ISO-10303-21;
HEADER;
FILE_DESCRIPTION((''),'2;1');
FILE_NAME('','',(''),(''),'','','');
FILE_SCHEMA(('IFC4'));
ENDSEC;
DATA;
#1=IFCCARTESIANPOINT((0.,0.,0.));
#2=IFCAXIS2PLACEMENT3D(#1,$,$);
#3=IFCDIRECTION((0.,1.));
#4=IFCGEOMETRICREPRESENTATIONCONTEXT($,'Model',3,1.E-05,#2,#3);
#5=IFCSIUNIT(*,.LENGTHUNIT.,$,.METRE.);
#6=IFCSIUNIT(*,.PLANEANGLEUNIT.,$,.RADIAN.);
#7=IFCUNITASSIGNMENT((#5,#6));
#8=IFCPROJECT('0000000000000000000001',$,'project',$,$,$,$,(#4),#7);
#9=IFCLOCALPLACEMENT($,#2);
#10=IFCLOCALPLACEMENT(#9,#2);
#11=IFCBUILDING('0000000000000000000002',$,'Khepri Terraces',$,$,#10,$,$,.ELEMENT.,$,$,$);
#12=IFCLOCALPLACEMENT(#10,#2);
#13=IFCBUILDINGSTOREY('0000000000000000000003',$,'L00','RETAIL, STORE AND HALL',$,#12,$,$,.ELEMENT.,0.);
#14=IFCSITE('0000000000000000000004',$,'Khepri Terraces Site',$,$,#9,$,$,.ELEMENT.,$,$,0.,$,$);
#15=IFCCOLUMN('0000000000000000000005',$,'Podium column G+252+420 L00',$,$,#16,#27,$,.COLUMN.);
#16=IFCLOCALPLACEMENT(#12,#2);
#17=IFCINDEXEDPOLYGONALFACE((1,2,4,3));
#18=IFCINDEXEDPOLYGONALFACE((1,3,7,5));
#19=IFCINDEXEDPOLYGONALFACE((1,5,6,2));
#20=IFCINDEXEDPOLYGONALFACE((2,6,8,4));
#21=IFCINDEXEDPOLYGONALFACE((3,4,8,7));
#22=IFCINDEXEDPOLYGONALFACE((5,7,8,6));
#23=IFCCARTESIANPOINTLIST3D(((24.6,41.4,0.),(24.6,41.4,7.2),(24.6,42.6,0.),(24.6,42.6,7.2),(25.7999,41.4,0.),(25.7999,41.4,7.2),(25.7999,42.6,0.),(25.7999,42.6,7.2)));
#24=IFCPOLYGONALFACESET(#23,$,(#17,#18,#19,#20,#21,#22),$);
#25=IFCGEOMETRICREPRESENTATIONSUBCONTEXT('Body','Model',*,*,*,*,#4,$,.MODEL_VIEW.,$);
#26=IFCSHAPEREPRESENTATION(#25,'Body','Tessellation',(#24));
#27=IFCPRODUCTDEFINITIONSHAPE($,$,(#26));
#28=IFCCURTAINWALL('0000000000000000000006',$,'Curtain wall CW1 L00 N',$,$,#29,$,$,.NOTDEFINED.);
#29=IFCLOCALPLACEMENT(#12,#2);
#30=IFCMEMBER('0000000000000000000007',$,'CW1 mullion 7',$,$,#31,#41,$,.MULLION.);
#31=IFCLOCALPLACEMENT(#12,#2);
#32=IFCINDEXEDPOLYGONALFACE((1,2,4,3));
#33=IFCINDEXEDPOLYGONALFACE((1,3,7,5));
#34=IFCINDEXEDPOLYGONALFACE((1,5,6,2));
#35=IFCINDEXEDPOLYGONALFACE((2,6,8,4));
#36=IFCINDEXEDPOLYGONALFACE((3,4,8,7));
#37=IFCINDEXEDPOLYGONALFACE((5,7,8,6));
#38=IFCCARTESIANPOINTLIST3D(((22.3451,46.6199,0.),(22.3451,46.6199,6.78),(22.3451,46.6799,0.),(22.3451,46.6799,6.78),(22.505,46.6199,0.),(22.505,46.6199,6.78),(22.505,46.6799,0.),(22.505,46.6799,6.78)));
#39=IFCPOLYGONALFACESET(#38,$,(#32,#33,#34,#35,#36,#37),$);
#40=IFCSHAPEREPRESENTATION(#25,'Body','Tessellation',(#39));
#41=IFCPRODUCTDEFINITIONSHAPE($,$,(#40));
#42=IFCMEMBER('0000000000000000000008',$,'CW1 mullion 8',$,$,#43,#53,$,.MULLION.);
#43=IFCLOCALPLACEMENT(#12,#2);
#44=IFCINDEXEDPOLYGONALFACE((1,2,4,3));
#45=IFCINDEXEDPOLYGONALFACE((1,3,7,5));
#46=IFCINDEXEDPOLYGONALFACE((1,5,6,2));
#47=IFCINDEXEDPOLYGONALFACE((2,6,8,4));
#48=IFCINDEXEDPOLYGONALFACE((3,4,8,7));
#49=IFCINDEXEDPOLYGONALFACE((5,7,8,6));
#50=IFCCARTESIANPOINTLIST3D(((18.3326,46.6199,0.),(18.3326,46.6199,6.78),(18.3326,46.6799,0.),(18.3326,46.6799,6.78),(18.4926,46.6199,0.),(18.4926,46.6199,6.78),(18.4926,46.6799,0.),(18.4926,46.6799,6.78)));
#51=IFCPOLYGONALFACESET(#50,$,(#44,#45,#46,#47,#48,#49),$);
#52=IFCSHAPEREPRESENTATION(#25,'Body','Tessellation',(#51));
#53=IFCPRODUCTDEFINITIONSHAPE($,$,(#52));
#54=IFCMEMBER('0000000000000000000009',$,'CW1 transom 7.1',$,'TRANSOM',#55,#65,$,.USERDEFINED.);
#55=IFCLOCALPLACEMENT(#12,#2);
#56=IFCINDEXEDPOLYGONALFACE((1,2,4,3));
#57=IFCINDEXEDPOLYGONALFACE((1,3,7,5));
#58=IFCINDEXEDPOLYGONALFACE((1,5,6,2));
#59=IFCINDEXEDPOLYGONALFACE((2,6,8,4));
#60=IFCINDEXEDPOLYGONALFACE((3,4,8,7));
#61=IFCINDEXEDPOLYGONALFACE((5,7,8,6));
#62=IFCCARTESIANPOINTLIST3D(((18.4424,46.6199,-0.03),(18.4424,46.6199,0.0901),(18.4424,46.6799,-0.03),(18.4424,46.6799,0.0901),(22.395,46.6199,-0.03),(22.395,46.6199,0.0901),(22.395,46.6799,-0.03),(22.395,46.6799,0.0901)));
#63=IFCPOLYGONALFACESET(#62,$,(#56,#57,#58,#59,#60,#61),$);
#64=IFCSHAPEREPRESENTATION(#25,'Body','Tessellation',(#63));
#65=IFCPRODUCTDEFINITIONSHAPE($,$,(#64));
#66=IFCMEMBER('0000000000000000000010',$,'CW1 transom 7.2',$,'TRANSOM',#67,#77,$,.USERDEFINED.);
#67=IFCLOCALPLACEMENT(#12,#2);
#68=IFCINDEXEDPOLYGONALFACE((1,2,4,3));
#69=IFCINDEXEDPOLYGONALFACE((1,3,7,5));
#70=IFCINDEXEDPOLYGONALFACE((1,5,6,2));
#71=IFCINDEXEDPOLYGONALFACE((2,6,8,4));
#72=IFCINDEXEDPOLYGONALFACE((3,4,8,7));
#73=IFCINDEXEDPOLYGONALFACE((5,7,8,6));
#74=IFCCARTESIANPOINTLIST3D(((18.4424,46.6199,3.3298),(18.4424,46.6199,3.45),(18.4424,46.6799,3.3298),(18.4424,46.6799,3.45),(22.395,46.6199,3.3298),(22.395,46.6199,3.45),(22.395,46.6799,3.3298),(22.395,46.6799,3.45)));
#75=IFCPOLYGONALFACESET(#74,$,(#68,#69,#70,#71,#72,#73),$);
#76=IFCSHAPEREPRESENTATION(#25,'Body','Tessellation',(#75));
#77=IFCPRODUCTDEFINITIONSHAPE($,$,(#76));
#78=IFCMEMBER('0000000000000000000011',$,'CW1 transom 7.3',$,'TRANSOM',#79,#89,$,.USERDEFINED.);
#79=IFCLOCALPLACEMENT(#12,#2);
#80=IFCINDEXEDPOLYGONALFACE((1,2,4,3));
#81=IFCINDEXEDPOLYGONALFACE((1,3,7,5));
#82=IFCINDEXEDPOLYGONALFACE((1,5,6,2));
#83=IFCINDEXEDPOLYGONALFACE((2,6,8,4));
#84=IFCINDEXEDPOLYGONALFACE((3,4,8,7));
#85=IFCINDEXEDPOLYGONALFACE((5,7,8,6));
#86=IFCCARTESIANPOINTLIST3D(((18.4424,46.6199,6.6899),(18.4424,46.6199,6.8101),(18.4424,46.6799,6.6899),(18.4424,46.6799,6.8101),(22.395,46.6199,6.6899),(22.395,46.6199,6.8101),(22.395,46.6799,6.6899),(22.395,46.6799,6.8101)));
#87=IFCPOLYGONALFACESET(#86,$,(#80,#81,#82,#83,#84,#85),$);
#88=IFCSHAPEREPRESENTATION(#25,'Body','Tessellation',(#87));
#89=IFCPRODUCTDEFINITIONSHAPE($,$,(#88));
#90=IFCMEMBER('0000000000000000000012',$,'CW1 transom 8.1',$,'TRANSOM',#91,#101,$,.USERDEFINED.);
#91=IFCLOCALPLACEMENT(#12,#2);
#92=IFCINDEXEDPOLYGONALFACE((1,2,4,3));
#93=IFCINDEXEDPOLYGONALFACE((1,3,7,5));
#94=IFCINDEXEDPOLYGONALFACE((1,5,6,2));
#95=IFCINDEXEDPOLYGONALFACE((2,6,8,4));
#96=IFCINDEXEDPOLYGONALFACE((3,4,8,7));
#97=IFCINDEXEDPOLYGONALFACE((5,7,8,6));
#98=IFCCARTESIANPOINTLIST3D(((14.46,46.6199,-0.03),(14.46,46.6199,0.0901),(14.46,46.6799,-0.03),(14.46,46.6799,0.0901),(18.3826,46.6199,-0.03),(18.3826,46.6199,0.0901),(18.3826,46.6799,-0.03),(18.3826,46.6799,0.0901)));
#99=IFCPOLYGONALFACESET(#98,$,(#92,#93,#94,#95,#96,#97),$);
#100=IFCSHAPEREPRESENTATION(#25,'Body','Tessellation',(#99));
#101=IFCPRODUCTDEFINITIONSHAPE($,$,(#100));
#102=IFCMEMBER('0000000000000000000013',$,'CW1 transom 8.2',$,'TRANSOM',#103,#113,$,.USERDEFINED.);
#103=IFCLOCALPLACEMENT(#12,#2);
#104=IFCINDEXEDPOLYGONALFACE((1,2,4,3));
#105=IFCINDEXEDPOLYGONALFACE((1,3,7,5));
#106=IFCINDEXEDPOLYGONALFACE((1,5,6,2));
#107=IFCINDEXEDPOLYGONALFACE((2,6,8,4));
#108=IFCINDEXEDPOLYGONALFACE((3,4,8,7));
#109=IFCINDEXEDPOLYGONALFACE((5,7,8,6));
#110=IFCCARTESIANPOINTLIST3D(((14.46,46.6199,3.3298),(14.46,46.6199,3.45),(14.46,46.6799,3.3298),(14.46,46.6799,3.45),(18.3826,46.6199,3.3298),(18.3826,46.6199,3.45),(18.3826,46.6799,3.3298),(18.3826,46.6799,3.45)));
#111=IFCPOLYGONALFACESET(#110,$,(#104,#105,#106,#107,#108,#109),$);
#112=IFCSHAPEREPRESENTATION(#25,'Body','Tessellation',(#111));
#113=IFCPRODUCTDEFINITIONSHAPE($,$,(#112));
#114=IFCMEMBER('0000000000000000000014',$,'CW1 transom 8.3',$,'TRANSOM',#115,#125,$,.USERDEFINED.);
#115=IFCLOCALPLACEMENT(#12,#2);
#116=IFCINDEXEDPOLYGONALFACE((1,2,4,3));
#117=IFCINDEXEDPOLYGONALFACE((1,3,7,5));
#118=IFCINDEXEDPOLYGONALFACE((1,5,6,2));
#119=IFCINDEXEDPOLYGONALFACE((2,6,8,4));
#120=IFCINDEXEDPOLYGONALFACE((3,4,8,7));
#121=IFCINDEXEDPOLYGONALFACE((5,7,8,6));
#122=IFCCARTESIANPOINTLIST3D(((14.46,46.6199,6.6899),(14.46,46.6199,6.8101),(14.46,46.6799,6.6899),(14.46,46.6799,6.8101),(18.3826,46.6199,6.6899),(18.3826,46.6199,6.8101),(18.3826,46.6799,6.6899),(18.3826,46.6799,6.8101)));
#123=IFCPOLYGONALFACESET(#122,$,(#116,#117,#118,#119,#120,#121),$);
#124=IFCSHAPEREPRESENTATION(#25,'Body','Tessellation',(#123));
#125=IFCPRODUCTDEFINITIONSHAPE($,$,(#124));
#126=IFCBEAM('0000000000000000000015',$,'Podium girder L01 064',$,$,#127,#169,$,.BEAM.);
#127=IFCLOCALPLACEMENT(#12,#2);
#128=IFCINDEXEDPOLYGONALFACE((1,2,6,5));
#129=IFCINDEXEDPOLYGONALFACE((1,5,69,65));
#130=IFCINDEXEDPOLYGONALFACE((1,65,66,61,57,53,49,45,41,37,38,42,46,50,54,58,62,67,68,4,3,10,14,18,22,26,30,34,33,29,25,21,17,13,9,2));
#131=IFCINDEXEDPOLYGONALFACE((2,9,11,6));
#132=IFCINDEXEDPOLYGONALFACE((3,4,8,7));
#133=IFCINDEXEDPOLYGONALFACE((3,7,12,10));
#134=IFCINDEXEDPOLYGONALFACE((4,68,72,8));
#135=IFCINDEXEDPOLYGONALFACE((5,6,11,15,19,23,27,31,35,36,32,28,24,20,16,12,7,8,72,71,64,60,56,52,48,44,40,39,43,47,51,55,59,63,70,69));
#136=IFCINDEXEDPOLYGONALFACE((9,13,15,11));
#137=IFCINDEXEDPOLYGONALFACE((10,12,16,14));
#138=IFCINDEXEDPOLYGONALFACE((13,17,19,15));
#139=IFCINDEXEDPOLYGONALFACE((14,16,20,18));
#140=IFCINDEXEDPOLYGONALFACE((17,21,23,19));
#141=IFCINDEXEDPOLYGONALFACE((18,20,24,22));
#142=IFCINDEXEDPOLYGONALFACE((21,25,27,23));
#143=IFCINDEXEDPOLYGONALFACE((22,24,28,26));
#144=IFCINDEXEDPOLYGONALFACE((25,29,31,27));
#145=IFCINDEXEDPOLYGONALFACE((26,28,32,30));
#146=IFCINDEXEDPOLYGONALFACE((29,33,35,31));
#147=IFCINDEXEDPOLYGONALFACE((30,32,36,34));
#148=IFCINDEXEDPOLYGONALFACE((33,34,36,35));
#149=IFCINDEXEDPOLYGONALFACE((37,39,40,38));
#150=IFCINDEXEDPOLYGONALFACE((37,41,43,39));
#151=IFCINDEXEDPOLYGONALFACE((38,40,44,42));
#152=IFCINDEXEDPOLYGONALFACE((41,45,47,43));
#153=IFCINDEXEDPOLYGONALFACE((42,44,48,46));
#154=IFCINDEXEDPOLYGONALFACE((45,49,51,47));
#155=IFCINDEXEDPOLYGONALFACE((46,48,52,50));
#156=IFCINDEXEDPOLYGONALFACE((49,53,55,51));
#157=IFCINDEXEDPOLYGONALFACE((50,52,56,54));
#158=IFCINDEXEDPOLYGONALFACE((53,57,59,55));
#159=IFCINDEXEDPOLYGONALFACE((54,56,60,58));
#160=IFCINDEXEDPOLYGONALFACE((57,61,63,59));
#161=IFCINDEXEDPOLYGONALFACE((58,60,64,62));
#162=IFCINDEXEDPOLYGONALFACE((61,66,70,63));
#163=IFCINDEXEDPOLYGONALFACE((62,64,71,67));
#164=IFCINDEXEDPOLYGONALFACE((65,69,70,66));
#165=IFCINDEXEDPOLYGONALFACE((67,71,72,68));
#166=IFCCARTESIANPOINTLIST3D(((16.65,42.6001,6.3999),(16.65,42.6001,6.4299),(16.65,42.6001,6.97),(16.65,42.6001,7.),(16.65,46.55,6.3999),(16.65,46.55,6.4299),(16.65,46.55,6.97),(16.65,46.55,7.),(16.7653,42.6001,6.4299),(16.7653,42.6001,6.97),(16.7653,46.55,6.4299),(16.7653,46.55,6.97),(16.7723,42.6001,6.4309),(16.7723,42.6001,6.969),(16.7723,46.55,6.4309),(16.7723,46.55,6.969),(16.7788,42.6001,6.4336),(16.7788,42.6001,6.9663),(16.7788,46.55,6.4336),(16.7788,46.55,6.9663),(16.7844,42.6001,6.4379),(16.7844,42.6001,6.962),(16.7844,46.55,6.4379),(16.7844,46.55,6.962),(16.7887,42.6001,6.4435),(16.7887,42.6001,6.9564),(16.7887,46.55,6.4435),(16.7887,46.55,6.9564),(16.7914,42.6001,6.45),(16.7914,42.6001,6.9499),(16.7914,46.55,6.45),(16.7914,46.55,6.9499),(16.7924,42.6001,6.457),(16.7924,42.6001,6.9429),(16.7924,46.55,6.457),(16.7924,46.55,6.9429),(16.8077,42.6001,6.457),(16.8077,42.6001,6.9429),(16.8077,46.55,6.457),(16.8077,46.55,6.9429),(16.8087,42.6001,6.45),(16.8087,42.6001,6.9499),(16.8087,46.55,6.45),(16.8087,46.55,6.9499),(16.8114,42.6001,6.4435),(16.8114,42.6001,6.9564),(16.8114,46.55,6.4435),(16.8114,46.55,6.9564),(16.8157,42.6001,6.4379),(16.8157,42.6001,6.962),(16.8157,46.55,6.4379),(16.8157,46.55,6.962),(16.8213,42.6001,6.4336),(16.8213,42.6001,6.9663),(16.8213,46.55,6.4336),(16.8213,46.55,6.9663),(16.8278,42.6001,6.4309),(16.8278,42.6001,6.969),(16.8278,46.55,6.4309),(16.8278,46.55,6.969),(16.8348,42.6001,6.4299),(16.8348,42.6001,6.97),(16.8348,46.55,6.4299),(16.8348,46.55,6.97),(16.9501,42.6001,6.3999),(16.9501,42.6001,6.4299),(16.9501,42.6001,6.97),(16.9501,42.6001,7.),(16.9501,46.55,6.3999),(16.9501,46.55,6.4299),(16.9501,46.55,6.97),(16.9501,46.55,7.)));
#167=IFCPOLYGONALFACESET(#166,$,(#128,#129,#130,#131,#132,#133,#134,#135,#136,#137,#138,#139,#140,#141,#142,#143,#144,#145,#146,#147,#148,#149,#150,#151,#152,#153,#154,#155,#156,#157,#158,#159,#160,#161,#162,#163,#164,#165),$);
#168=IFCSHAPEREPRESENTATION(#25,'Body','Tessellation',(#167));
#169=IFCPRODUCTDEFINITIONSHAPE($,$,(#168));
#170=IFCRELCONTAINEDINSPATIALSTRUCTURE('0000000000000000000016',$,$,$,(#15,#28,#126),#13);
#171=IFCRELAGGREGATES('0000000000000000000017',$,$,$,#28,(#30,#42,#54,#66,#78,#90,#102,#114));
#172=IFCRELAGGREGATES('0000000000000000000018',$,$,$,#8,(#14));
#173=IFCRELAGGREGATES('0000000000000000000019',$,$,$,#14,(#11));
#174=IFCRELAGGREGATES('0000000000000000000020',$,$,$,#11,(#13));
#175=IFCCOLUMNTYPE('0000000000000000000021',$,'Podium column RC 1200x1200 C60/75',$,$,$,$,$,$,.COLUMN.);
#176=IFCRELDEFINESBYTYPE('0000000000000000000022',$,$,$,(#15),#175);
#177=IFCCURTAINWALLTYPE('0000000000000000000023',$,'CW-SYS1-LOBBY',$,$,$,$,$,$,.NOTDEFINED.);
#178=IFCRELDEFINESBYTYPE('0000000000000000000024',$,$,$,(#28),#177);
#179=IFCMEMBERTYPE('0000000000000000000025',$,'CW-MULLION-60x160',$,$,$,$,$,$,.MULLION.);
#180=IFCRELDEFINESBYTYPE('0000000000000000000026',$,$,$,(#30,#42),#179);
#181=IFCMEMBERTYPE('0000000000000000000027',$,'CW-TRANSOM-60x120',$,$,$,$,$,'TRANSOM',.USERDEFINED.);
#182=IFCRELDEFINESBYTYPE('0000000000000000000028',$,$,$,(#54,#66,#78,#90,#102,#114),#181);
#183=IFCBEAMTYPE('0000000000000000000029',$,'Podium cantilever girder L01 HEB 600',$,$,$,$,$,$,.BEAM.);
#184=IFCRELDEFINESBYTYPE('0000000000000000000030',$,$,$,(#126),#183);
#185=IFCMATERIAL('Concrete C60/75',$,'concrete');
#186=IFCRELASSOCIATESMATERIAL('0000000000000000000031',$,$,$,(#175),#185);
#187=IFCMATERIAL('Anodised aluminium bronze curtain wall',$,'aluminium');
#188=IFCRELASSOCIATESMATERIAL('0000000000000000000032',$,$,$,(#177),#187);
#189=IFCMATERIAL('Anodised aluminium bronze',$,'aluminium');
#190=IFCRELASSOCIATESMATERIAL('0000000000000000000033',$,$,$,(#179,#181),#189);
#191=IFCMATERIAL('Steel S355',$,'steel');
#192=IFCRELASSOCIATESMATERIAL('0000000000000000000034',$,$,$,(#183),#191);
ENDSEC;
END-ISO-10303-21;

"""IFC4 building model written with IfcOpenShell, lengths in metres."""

from ifc_helpers import new_model, si_unit, direction, frame, origin, origin_2d, place, context, subcontext, project, spatial, rectangle, i_section, extrude, material, material_profile, profile_set, type_object, element, aggregate, save


model = new_model("IFC4")

# Units and contexts
model_context = context("Model", 3, precision=1e-05, world=origin(), true_north=direction((0.0, 1.0)))
body_context = subcontext(model_context, "Body", "Model", "MODEL_VIEW")
ifc_project = project(units=[si_unit("LENGTHUNIT", "METRE"), si_unit("PLANEANGLEUNIT", "RADIAN")], contexts=[model_context])

# Site, building, storey
site_placement = place(None, origin())
site = spatial("IfcSite", under=ifc_project, at=site_placement, Name="Khepri Terraces Site", CompositionType="ELEMENT", RefElevation=0.0)
building_placement = place(site_placement, origin())
building = spatial("IfcBuilding", under=site, at=building_placement, Name="Khepri Terraces", CompositionType="ELEMENT")
storey_placement = place(building_placement, origin())
storey = spatial("IfcBuildingStorey", under=building, at=storey_placement, Name="L00", Description="RETAIL, STORE AND HALL", CompositionType="ELEMENT", Elevation=0.0)

# Column
ifc_material_1 = material(Name="Concrete C60/75", Category="concrete")
ifc_material_profile_1 = material_profile(ifc_material_1, rectangle(XDim=1.2, YDim=1.2, at=origin_2d()), Name="Concrete C60/75", Category="concrete")
ifc_profile_set_1 = profile_set([ifc_material_profile_1], Name="Concrete C60/75")
column_type = type_object("IfcColumnType", Name="Podium column RC 1200x1200 C60/75", PredefinedType="COLUMN", material=ifc_profile_set_1)
column_placement = place(storey_placement, frame((25.2, 42.0, 0.0), z_axis=(0.0, 0.0, 1.0), x_axis=(1.0, 0.0, 0.0)))
element("IfcColumn", 1, at=column_placement, inside=storey, type_object=column_type, Name="Podium column G+252+420 L00", PredefinedType="COLUMN", context=body_context, shape_type="SweptSolid", body=[
    extrude(rectangle(XDim=1.2, YDim=1.2, at=origin_2d()), origin(), (0.0, 0.0, 1.0), 7.2),
])

# Curtain wall, members
ifc_material_2 = material(Name="Anodised aluminium bronze curtain wall", Category="aluminium")
curtain_wall_type = type_object("IfcCurtainWallType", Name="CW-SYS1-LOBBY", PredefinedType="NOTDEFINED", material=ifc_material_2)
curtain_wall_placement = place(storey_placement, origin())
curtain_wall = element("IfcCurtainWall", 2, at=curtain_wall_placement, inside=storey, type_object=curtain_wall_type, Name="Curtain wall CW1 L00 N", PredefinedType="NOTDEFINED")
ifc_material_3 = material(Name="Anodised aluminium bronze", Category="aluminium")
ifc_material_profile_2 = material_profile(ifc_material_3, rectangle(XDim=0.0601, YDim=0.1599, at=origin_2d()), Name="Anodised aluminium bronze", Category="aluminium")
ifc_profile_set_2 = profile_set([ifc_material_profile_2], Name="Anodised aluminium bronze")
member_type_1 = type_object("IfcMemberType", Name="CW-MULLION-60x160", PredefinedType="MULLION", material=ifc_profile_set_2)
member_1_placement = place(storey_placement, frame((22.425, 46.6499, 0.0), z_axis=(0.0, 0.0, 1.0), x_axis=(0.0, -1.0, 0.0)))
member_1 = element("IfcMember", 3, at=member_1_placement, type_object=member_type_1, Name="CW1 mullion 7", PredefinedType="MULLION", context=body_context, shape_type="SweptSolid", body=[
    extrude(rectangle(XDim=0.0601, YDim=0.1599, at=origin_2d()), origin(), (0.0, 0.0, 1.0), 6.78),
])
member_2_placement = place(storey_placement, frame((18.4126, 46.6499, 0.0), z_axis=(0.0, 0.0, 1.0), x_axis=(0.0, -1.0, 0.0)))
member_2 = element("IfcMember", 4, at=member_2_placement, type_object=member_type_1, Name="CW1 mullion 8", PredefinedType="MULLION", context=body_context, shape_type="SweptSolid", body=[
    extrude(rectangle(XDim=0.0601, YDim=0.1599, at=origin_2d()), origin(), (0.0, 0.0, 1.0), 6.78),
])
ifc_material_profile_3 = material_profile(ifc_material_3, rectangle(XDim=0.0601, YDim=0.1201, at=origin_2d()), Name="Anodised aluminium bronze", Category="aluminium")
ifc_profile_set_3 = profile_set([ifc_material_profile_3], Name="Anodised aluminium bronze")
member_type_2 = type_object("IfcMemberType", Name="CW-TRANSOM-60x120", ElementType="TRANSOM", PredefinedType="USERDEFINED", material=ifc_profile_set_3)
member_3_placement = place(storey_placement, frame((22.395, 46.6499, 0.03), z_axis=(-1.0, 0.0, 0.0), x_axis=(0.0, -1.0, 0.0)))
member_3 = element("IfcMember", 5, at=member_3_placement, type_object=member_type_2, Name="CW1 transom 7.1", ObjectType="TRANSOM", PredefinedType="USERDEFINED", context=body_context, shape_type="SweptSolid", body=[
    extrude(rectangle(XDim=0.0601, YDim=0.1201, at=origin_2d()), origin(), (0.0, 0.0, 1.0), 3.9526),
])
member_4_placement = place(storey_placement, frame((22.395, 46.6499, 3.3899), z_axis=(-1.0, 0.0, 0.0), x_axis=(0.0, -1.0, 0.0)))
member_4 = element("IfcMember", 6, at=member_4_placement, type_object=member_type_2, Name="CW1 transom 7.2", ObjectType="TRANSOM", PredefinedType="USERDEFINED", context=body_context, shape_type="SweptSolid", body=[
    extrude(rectangle(XDim=0.0601, YDim=0.1201, at=origin_2d()), origin(), (0.0, 0.0, 1.0), 3.9526),
])
member_5_placement = place(storey_placement, frame((22.395, 46.6499, 6.75), z_axis=(-1.0, 0.0, 0.0), x_axis=(0.0, -1.0, 0.0)))
member_5 = element("IfcMember", 7, at=member_5_placement, type_object=member_type_2, Name="CW1 transom 7.3", ObjectType="TRANSOM", PredefinedType="USERDEFINED", context=body_context, shape_type="SweptSolid", body=[
    extrude(rectangle(XDim=0.0601, YDim=0.1201, at=origin_2d()), origin(), (0.0, 0.0, 1.0), 3.9526),
])
member_6_placement = place(storey_placement, frame((18.3826, 46.6499, 0.03), z_axis=(-1.0, 0.0, 0.0), x_axis=(0.0, -1.0, 0.0)))
member_6 = element("IfcMember", 8, at=member_6_placement, type_object=member_type_2, Name="CW1 transom 8.1", ObjectType="TRANSOM", PredefinedType="USERDEFINED", context=body_context, shape_type="SweptSolid", body=[
    extrude(rectangle(XDim=0.0601, YDim=0.1201, at=origin_2d()), origin(), (0.0, 0.0, 1.0), 3.9226),
])
member_7_placement = place(storey_placement, frame((18.3826, 46.6499, 3.3899), z_axis=(-1.0, 0.0, 0.0), x_axis=(0.0, -1.0, 0.0)))
member_7 = element("IfcMember", 9, at=member_7_placement, type_object=member_type_2, Name="CW1 transom 8.2", ObjectType="TRANSOM", PredefinedType="USERDEFINED", context=body_context, shape_type="SweptSolid", body=[
    extrude(rectangle(XDim=0.0601, YDim=0.1201, at=origin_2d()), origin(), (0.0, 0.0, 1.0), 3.9226),
])
member_8_placement = place(storey_placement, frame((18.3826, 46.6499, 6.75), z_axis=(-1.0, 0.0, 0.0), x_axis=(0.0, -1.0, 0.0)))
member_8 = element("IfcMember", 10, at=member_8_placement, type_object=member_type_2, Name="CW1 transom 8.3", ObjectType="TRANSOM", PredefinedType="USERDEFINED", context=body_context, shape_type="SweptSolid", body=[
    extrude(rectangle(XDim=0.0601, YDim=0.1201, at=origin_2d()), origin(), (0.0, 0.0, 1.0), 3.9226),
])

# Beam
ifc_material_4 = material(Name="Steel S355", Category="steel")
ifc_material_profile_4 = material_profile(ifc_material_4, i_section(OverallWidth=0.3, OverallDepth=0.6001, WebThickness=0.0154, FlangeThickness=0.03, FilletRadius=0.0271, at=origin_2d()), Name="Steel S355", Category="steel")
ifc_profile_set_4 = profile_set([ifc_material_profile_4], Name="Steel S355")
beam_type_1 = type_object("IfcBeamType", Name="Podium cantilever girder L01 HEB 600", PredefinedType="BEAM", material=ifc_profile_set_4)
for number, where, z_axis, x_axis, name in (
    (11, (16.8, 42.6001, 6.7), (0.0, 1.0, 0.0), (-1.0, 0.0, 0.0), "Podium girder L01 064"),
):
    element("IfcBeam", number, at=place(storey_placement, frame(where, z_axis=z_axis, x_axis=x_axis)), inside=storey, type_object=beam_type_1, Name=name, PredefinedType="BEAM", context=body_context, shape_type="SweptSolid", body=[
        extrude(i_section(OverallWidth=0.3, OverallDepth=0.6001, WebThickness=0.0154, FlangeThickness=0.03, FilletRadius=0.0271, at=origin_2d()), origin(), (0.0, 0.0, 1.0), 3.95),
    ])

aggregate(curtain_wall, [member_1, member_2, member_3, member_4, member_5, member_6, member_7, member_8])

save(model, "model.ifc")
